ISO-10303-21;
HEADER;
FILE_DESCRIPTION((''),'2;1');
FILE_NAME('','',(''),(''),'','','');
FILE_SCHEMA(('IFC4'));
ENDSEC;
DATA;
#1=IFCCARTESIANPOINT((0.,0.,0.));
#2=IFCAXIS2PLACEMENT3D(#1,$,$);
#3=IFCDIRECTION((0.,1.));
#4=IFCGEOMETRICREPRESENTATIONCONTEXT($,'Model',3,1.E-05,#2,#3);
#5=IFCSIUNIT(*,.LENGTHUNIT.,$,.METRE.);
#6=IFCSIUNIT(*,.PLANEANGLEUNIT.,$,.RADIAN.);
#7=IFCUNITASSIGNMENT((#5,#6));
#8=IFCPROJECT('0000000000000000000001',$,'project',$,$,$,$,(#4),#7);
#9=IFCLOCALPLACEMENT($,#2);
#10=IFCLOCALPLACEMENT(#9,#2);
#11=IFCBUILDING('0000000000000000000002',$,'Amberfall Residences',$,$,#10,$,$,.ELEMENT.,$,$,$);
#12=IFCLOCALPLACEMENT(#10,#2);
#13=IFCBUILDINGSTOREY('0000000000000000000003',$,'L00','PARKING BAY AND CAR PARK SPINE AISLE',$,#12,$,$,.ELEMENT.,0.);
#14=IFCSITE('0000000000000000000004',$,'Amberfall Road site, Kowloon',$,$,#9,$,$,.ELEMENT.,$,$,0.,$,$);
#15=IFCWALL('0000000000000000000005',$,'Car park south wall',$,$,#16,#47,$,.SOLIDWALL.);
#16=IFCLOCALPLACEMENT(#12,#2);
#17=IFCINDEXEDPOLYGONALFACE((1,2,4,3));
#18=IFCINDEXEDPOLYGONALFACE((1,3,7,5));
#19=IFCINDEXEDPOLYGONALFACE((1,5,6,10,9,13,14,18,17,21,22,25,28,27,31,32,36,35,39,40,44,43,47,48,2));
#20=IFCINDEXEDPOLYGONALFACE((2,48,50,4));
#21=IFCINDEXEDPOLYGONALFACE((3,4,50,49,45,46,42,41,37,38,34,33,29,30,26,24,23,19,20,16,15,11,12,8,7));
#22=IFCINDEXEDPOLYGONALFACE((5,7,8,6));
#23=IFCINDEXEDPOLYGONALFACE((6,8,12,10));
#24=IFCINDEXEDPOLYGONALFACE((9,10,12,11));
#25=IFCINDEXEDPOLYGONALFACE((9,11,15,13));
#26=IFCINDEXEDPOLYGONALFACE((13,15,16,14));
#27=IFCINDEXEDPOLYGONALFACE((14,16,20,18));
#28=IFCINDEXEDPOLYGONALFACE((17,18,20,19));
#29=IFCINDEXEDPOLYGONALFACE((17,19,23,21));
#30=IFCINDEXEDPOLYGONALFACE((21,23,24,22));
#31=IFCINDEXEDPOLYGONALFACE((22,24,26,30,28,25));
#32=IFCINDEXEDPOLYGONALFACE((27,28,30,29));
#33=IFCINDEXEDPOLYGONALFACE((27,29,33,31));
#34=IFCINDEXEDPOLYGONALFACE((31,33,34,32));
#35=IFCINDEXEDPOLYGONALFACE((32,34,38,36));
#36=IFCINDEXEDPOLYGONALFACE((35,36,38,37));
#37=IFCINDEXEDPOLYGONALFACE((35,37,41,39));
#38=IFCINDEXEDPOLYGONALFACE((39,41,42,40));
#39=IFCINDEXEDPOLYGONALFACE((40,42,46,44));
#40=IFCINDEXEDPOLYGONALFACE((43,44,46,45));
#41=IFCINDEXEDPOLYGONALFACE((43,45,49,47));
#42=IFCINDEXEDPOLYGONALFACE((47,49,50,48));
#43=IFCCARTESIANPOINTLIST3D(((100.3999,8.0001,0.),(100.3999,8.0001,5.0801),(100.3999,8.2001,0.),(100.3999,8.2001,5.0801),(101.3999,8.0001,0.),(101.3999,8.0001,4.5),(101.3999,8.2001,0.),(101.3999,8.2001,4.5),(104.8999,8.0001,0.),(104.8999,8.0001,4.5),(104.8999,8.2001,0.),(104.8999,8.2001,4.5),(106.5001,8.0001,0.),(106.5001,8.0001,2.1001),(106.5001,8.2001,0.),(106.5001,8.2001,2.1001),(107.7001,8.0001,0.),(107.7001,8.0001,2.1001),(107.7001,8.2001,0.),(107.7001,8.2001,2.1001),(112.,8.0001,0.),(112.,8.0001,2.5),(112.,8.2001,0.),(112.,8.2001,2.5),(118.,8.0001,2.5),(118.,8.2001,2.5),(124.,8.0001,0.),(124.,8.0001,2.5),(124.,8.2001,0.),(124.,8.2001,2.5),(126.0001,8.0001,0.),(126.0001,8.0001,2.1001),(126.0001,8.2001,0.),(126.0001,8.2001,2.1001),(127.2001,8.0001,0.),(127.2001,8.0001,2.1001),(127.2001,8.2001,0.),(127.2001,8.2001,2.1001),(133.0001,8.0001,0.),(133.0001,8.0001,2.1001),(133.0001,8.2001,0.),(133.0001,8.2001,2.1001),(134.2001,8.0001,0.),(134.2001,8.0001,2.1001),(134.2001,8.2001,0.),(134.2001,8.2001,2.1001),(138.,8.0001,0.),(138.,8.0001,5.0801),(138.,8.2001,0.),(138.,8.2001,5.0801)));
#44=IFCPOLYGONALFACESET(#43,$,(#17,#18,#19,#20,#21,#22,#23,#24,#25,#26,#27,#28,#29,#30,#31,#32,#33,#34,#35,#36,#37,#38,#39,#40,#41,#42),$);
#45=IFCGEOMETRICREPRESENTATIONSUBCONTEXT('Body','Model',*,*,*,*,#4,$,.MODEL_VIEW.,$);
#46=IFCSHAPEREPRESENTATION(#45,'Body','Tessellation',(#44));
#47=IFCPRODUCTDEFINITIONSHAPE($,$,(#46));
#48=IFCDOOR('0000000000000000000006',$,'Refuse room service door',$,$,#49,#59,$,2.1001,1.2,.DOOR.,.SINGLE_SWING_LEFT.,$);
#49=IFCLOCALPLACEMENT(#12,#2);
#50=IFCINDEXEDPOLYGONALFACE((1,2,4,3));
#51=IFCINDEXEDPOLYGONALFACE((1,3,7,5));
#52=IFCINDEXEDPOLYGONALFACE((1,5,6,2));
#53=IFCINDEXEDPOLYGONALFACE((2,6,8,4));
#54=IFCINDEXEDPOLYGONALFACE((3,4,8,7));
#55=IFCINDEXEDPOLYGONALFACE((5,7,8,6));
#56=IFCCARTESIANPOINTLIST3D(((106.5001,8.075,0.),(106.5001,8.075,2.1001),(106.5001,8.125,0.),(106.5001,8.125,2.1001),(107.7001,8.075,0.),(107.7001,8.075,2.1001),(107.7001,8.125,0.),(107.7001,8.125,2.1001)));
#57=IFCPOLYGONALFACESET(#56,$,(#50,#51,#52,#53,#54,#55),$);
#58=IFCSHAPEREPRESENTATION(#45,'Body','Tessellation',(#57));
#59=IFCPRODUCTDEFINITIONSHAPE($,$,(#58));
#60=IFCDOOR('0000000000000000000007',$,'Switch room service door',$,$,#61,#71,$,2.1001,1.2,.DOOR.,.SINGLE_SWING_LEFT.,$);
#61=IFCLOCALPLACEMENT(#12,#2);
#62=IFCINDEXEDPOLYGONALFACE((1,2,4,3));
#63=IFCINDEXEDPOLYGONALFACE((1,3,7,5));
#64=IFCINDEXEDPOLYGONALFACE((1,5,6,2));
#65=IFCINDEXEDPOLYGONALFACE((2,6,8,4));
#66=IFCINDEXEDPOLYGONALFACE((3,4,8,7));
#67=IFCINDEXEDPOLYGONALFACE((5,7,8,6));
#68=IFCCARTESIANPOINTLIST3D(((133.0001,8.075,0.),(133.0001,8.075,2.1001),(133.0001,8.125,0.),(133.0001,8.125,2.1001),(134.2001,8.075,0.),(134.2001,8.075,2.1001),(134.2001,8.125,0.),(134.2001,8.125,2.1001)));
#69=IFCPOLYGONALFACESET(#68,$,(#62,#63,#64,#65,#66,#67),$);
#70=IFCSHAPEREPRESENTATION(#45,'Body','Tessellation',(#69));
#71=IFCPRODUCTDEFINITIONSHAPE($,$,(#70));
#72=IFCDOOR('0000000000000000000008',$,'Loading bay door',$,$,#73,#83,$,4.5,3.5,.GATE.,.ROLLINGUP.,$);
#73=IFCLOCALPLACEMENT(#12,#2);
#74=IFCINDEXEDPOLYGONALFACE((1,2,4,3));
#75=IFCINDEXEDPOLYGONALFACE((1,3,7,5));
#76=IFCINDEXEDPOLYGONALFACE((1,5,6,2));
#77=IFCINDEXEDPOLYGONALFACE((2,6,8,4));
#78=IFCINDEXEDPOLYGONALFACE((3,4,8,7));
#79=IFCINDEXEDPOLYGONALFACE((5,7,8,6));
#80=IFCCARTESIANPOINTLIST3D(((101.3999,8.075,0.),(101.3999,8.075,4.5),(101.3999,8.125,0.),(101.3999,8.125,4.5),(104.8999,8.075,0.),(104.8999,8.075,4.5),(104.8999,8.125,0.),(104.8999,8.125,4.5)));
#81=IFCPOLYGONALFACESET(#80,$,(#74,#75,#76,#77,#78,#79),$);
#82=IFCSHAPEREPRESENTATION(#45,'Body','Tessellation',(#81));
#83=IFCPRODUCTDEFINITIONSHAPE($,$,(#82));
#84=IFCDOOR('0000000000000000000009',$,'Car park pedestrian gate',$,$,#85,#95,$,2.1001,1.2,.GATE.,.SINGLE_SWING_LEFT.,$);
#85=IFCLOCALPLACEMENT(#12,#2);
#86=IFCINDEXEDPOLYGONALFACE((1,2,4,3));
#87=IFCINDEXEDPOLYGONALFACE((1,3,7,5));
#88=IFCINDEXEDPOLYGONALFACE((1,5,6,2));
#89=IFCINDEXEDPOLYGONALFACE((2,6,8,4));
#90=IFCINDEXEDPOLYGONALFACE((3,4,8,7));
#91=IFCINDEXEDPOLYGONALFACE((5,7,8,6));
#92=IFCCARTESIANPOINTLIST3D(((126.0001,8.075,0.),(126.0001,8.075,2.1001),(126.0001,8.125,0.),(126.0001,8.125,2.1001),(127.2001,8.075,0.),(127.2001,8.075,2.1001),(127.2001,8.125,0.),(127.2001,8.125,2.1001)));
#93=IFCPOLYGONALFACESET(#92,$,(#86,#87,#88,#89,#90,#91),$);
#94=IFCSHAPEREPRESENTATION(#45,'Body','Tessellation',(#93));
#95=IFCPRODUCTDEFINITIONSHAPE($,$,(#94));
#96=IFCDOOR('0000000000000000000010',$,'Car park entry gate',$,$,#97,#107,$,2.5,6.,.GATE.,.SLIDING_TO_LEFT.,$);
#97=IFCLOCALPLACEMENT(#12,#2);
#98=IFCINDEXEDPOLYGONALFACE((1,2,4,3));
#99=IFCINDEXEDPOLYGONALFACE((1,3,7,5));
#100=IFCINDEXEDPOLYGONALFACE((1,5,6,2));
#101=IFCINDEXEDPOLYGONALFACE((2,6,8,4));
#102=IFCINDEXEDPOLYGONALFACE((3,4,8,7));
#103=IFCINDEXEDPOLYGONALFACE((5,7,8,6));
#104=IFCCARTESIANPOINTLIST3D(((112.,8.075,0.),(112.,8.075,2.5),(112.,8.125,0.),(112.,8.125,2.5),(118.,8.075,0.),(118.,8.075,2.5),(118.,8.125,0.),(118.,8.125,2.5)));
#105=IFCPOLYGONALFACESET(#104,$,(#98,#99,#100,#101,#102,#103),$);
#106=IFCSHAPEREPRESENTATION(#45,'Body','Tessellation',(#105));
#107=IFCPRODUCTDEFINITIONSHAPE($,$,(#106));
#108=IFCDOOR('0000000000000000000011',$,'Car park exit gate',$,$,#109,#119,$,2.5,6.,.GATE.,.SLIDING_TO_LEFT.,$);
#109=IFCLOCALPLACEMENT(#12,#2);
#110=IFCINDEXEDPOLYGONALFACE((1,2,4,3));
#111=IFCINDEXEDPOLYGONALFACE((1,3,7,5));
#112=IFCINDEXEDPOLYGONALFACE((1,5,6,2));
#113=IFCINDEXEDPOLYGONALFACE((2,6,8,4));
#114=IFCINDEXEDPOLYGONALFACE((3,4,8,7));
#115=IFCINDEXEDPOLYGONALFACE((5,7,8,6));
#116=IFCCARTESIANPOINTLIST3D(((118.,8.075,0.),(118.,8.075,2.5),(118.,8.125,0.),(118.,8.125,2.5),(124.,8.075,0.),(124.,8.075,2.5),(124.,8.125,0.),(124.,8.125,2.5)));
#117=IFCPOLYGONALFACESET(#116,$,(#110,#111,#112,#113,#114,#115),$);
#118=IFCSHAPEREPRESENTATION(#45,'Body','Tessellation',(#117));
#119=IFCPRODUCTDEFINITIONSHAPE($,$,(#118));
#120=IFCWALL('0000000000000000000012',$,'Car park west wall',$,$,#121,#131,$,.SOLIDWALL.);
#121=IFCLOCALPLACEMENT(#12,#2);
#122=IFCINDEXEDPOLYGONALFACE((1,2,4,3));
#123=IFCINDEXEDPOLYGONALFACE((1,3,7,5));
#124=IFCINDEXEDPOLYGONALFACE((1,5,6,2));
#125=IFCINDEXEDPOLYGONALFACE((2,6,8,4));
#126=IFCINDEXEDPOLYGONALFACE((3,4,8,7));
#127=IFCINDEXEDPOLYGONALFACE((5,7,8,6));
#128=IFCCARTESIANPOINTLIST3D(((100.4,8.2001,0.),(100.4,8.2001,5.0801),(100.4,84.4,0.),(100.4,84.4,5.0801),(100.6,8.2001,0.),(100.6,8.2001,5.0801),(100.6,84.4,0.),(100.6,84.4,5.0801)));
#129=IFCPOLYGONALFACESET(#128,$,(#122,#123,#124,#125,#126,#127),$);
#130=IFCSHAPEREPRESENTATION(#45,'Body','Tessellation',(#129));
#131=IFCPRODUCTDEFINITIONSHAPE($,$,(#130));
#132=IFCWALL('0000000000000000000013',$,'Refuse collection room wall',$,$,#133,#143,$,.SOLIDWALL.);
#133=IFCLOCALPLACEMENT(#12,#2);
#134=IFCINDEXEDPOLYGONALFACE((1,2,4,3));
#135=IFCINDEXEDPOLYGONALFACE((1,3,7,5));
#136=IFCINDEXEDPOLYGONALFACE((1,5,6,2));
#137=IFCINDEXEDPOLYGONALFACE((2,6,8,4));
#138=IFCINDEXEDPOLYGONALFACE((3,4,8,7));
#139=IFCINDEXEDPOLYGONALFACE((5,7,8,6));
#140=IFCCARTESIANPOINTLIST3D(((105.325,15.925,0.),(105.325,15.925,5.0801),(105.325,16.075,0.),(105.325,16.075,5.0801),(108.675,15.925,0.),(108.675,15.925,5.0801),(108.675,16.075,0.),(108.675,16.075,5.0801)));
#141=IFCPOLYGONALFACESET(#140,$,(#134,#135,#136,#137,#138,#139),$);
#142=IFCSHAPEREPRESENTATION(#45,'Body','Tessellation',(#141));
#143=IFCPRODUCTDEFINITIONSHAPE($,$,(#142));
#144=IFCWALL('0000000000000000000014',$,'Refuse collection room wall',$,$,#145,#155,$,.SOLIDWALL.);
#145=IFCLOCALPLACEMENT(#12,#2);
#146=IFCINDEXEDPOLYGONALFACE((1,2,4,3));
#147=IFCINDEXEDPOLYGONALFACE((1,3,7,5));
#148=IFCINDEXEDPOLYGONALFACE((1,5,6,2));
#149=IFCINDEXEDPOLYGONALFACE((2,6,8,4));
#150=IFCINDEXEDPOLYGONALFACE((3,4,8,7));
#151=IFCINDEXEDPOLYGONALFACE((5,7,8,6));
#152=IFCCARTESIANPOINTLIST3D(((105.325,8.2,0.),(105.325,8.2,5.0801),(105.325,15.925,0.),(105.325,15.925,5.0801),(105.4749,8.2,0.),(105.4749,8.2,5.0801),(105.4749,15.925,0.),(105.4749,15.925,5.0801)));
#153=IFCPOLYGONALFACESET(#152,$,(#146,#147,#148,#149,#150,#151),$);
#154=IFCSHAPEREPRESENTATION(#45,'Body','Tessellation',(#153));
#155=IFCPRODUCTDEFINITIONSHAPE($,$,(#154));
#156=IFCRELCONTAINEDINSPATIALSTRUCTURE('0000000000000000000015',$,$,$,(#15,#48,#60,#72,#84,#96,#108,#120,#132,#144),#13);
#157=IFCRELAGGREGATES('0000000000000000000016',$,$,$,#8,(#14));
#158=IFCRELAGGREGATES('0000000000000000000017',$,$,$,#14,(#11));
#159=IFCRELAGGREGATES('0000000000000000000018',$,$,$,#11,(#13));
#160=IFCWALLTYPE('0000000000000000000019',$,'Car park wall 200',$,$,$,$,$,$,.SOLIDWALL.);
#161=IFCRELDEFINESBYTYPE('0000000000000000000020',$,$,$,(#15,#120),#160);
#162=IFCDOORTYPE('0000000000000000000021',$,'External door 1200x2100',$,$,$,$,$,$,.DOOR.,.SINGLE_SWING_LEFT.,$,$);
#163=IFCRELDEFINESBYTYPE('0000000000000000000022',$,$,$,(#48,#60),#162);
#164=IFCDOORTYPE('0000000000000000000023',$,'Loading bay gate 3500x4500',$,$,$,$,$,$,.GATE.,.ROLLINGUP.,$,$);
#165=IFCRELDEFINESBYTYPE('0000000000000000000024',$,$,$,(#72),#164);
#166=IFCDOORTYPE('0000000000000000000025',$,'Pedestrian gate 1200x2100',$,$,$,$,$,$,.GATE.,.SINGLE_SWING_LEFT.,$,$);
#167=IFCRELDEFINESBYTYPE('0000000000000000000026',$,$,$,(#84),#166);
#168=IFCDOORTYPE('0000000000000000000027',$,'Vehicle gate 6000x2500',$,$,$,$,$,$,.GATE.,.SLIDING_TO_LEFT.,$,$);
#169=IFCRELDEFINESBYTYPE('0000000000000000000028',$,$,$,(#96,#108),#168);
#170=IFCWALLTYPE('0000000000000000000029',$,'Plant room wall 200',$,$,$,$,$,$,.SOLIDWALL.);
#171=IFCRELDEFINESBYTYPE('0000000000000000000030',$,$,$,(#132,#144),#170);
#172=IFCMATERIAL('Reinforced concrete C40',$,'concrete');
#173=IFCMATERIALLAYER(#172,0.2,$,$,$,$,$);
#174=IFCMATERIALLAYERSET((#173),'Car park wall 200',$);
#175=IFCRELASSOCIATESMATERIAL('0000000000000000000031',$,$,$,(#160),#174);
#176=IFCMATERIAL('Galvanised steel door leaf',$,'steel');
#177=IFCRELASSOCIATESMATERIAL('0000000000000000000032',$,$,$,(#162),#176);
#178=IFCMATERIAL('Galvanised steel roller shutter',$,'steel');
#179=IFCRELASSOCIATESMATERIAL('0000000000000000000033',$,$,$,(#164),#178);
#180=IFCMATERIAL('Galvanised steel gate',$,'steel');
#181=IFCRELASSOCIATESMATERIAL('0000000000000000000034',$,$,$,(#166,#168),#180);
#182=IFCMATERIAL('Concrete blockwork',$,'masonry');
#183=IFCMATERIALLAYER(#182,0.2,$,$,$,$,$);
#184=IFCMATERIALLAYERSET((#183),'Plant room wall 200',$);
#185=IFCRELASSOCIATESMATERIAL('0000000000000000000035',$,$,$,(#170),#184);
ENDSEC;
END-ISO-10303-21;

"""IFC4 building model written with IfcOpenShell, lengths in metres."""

from ifc_helpers import new_model, si_unit, direction, frame, frame_2d, origin, place, context, subcontext, project, spatial, rectangle, extrude, material, layer, layer_set, type_object, element, fill, save


model = new_model("IFC4")

# Units and contexts
model_context = context("Model", 3, precision=1e-05, world=origin(), true_north=direction((0.0, 1.0)))
body_context = subcontext(model_context, "Body", "Model", "MODEL_VIEW")
ifc_project = project(units=[si_unit("LENGTHUNIT", "METRE"), si_unit("PLANEANGLEUNIT", "RADIAN")], contexts=[model_context])

# Site, building, storey
site_placement = place(None, origin())
site = spatial("IfcSite", under=ifc_project, at=site_placement, Name="Amberfall Road site, Kowloon", CompositionType="ELEMENT", RefElevation=0.0)
building_placement = place(site_placement, origin())
building = spatial("IfcBuilding", under=site, at=building_placement, Name="Amberfall Residences", CompositionType="ELEMENT")
storey_placement = place(building_placement, origin())
storey = spatial("IfcBuildingStorey", under=building, at=storey_placement, Name="L00", Description="PARKING BAY AND CAR PARK SPINE AISLE", CompositionType="ELEMENT", Elevation=0.0)

# Wall, openings, doors
ifc_material_1 = material(Name="Reinforced concrete C40", Category="concrete")
ifc_layer_1 = layer(ifc_material_1, 0.2)
ifc_layer_set_1 = layer_set([ifc_layer_1], Name="Car park wall 200")
wall_type_1 = type_object("IfcWallType", Name="Car park wall 200", PredefinedType="SOLIDWALL", material=ifc_layer_set_1)
wall_1_placement = place(storey_placement, frame((100.3999, 8.1001, 0.0), z_axis=(0.0, 0.0, 1.0), x_axis=(1.0, 0.0, 0.0)))
wall_1 = element("IfcWall", 1, at=wall_1_placement, inside=storey, type_object=wall_type_1, Name="Car park south wall", PredefinedType="SOLIDWALL", context=body_context, shape_type="SweptSolid", body=[
    extrude(rectangle(XDim=37.6001, YDim=0.2, at=frame_2d((18.8, 0.0))), origin(), (0.0, 0.0, 1.0), 5.0801),
])
opening_1_placement = place(wall_1_placement, frame((11.6001, 0.0, 0.0)))
opening_1 = element("IfcOpeningElement", 2, at=opening_1_placement, cuts=wall_1, PredefinedType="OPENING", context=body_context, shape_type="SweptSolid", body=[
    extrude(rectangle(XDim=6.0, YDim=2.5, at=frame_2d((3.0, 1.25))), frame((0.0, 0.1099, 0.0), z_axis=(0.0, -1.0, 0.0), x_axis=(1.0, 0.0, 0.0)), (0.0, 0.0, 1.0), 0.22),
])
opening_2_placement = place(wall_1_placement, frame((17.6001, 0.0, 0.0)))
opening_2 = element("IfcOpeningElement", 3, at=opening_2_placement, cuts=wall_1, PredefinedType="OPENING", context=body_context, shape_type="SweptSolid", body=[
    extrude(rectangle(XDim=6.0, YDim=2.5, at=frame_2d((3.0, 1.25))), frame((0.0, 0.1099, 0.0), z_axis=(0.0, -1.0, 0.0), x_axis=(1.0, 0.0, 0.0)), (0.0, 0.0, 1.0), 0.22),
])
opening_3_placement = place(wall_1_placement, frame((1.0, 0.0, 0.0)))
opening_3 = element("IfcOpeningElement", 4, at=opening_3_placement, cuts=wall_1, PredefinedType="OPENING", context=body_context, shape_type="SweptSolid", body=[
    extrude(rectangle(XDim=3.5, YDim=4.5, at=frame_2d((1.75, 2.25))), frame((0.0, 0.1099, 0.0), z_axis=(0.0, -1.0, 0.0), x_axis=(1.0, 0.0, 0.0)), (0.0, 0.0, 1.0), 0.22),
])
opening_4_placement = place(wall_1_placement, frame((25.6001, 0.0, 0.0)))
opening_4 = element("IfcOpeningElement", 5, at=opening_4_placement, cuts=wall_1, PredefinedType="OPENING", context=body_context, shape_type="SweptSolid", body=[
    extrude(rectangle(XDim=1.2, YDim=2.1001, at=frame_2d((0.6001, 1.05))), frame((0.0, 0.1099, 0.0), z_axis=(0.0, -1.0, 0.0), x_axis=(1.0, 0.0, 0.0)), (0.0, 0.0, 1.0), 0.22),
])
opening_5_placement = place(wall_1_placement, frame((6.1001, 0.0, 0.0)))
opening_5 = element("IfcOpeningElement", 6, at=opening_5_placement, cuts=wall_1, PredefinedType="OPENING", context=body_context, shape_type="SweptSolid", body=[
    extrude(rectangle(XDim=1.2, YDim=2.1001, at=frame_2d((0.6001, 1.05))), frame((0.0, 0.1099, 0.0), z_axis=(0.0, -1.0, 0.0), x_axis=(1.0, 0.0, 0.0)), (0.0, 0.0, 1.0), 0.22),
])
opening_6_placement = place(wall_1_placement, frame((32.6001, 0.0, 0.0)))
opening_6 = element("IfcOpeningElement", 7, at=opening_6_placement, cuts=wall_1, PredefinedType="OPENING", context=body_context, shape_type="SweptSolid", body=[
    extrude(rectangle(XDim=1.2, YDim=2.1001, at=frame_2d((0.6001, 1.05))), frame((0.0, 0.1099, 0.0), z_axis=(0.0, -1.0, 0.0), x_axis=(1.0, 0.0, 0.0)), (0.0, 0.0, 1.0), 0.22),
])
ifc_material_2 = material(Name="Galvanised steel door leaf", Category="steel")
door_type_1 = type_object("IfcDoorType", Name="External door 1200x2100", OperationType="SINGLE_SWING_LEFT", PredefinedType="DOOR", material=ifc_material_2)
door_1_placement = place(opening_5_placement, origin())
door_1 = element("IfcDoor", 8, at=door_1_placement, inside=storey, type_object=door_type_1, Name="Refuse room service door", OperationType="SINGLE_SWING_LEFT", OverallHeight=2.1001, OverallWidth=1.2, PredefinedType="DOOR", context=body_context, shape_type="SweptSolid", body=[
    extrude(rectangle(XDim=1.2, YDim=2.1001, at=frame_2d((0.6001, 1.05))), frame((0.0, 0.0249, 0.0), z_axis=(0.0, -1.0, 0.0), x_axis=(1.0, 0.0, 0.0)), (0.0, 0.0, 1.0), 0.05),
])
fill(opening_5, door_1)
door_2_placement = place(opening_6_placement, origin())
door_2 = element("IfcDoor", 9, at=door_2_placement, inside=storey, type_object=door_type_1, Name="Switch room service door", OperationType="SINGLE_SWING_LEFT", OverallHeight=2.1001, OverallWidth=1.2, PredefinedType="DOOR", context=body_context, shape_type="SweptSolid", body=[
    extrude(rectangle(XDim=1.2, YDim=2.1001, at=frame_2d((0.6001, 1.05))), frame((0.0, 0.0249, 0.0), z_axis=(0.0, -1.0, 0.0), x_axis=(1.0, 0.0, 0.0)), (0.0, 0.0, 1.0), 0.05),
])
fill(opening_6, door_2)
ifc_material_3 = material(Name="Galvanised steel roller shutter", Category="steel")
door_type_2 = type_object("IfcDoorType", Name="Loading bay gate 3500x4500", OperationType="ROLLINGUP", PredefinedType="GATE", material=ifc_material_3)
door_3_placement = place(opening_3_placement, origin())
door_3 = element("IfcDoor", 10, at=door_3_placement, inside=storey, type_object=door_type_2, Name="Loading bay door", OperationType="ROLLINGUP", OverallHeight=4.5, OverallWidth=3.5, PredefinedType="GATE", context=body_context, shape_type="SweptSolid", body=[
    extrude(rectangle(XDim=3.5, YDim=4.5, at=frame_2d((1.75, 2.25))), frame((0.0, 0.0249, 0.0), z_axis=(0.0, -1.0, 0.0), x_axis=(1.0, 0.0, 0.0)), (0.0, 0.0, 1.0), 0.05),
])
fill(opening_3, door_3)
ifc_material_4 = material(Name="Galvanised steel gate", Category="steel")
door_type_3 = type_object("IfcDoorType", Name="Pedestrian gate 1200x2100", OperationType="SINGLE_SWING_LEFT", PredefinedType="GATE", material=ifc_material_4)
door_4_placement = place(opening_4_placement, origin())
door_4 = element("IfcDoor", 11, at=door_4_placement, inside=storey, type_object=door_type_3, Name="Car park pedestrian gate", OperationType="SINGLE_SWING_LEFT", OverallHeight=2.1001, OverallWidth=1.2, PredefinedType="GATE", context=body_context, shape_type="SweptSolid", body=[
    extrude(rectangle(XDim=1.2, YDim=2.1001, at=frame_2d((0.6001, 1.05))), frame((0.0, 0.0249, 0.0), z_axis=(0.0, -1.0, 0.0), x_axis=(1.0, 0.0, 0.0)), (0.0, 0.0, 1.0), 0.05),
])
fill(opening_4, door_4)
door_type_4 = type_object("IfcDoorType", Name="Vehicle gate 6000x2500", OperationType="SLIDING_TO_LEFT", PredefinedType="GATE", material=ifc_material_4)
door_5_placement = place(opening_1_placement, origin())
door_5 = element("IfcDoor", 12, at=door_5_placement, inside=storey, type_object=door_type_4, Name="Car park entry gate", OperationType="SLIDING_TO_LEFT", OverallHeight=2.5, OverallWidth=6.0, PredefinedType="GATE", context=body_context, shape_type="SweptSolid", body=[
    extrude(rectangle(XDim=6.0, YDim=2.5, at=frame_2d((3.0, 1.25))), frame((0.0, 0.0249, 0.0), z_axis=(0.0, -1.0, 0.0), x_axis=(1.0, 0.0, 0.0)), (0.0, 0.0, 1.0), 0.05),
])
fill(opening_1, door_5)
door_6_placement = place(opening_2_placement, origin())
door_6 = element("IfcDoor", 13, at=door_6_placement, inside=storey, type_object=door_type_4, Name="Car park exit gate", OperationType="SLIDING_TO_LEFT", OverallHeight=2.5, OverallWidth=6.0, PredefinedType="GATE", context=body_context, shape_type="SweptSolid", body=[
    extrude(rectangle(XDim=6.0, YDim=2.5, at=frame_2d((3.0, 1.25))), frame((0.0, 0.0249, 0.0), z_axis=(0.0, -1.0, 0.0), x_axis=(1.0, 0.0, 0.0)), (0.0, 0.0, 1.0), 0.05),
])
fill(opening_2, door_6)

# Walls
wall_2_placement = place(storey_placement, frame((100.5, 8.2, 0.0), z_axis=(0.0, 0.0, 1.0), x_axis=(0.0, 1.0, 0.0)))
element("IfcWall", 14, at=wall_2_placement, inside=storey, type_object=wall_type_1, Name="Car park west wall", PredefinedType="SOLIDWALL", context=body_context, shape_type="SweptSolid", body=[
    extrude(rectangle(XDim=76.2, YDim=0.2, at=frame_2d((38.1001, 0.0))), origin(), (0.0, 0.0, 1.0), 5.0801),
])
ifc_material_5 = material(Name="Concrete blockwork", Category="masonry")
ifc_layer_2 = layer(ifc_material_5, 0.2)
ifc_layer_set_2 = layer_set([ifc_layer_2], Name="Plant room wall 200")
wall_type_2 = type_object("IfcWallType", Name="Plant room wall 200", PredefinedType="SOLIDWALL", material=ifc_layer_set_2)
wall_3_placement = place(storey_placement, frame((105.325, 16.0, 0.0), z_axis=(0.0, 0.0, 1.0), x_axis=(1.0, 0.0, 0.0)))
element("IfcWall", 15, at=wall_3_placement, inside=storey, type_object=wall_type_2, Name="Refuse collection room wall", PredefinedType="SOLIDWALL", context=body_context, shape_type="SweptSolid", body=[
    extrude(rectangle(XDim=3.3501, YDim=0.1499, at=frame_2d((1.675, 0.0))), origin(), (0.0, 0.0, 1.0), 5.0801),
])
for number, where, z_axis, x_axis, name in (
    (16, (105.3999, 8.2, 0.0), (0.0, 0.0, 1.0), (0.0, 1.0, 0.0), "Refuse collection room wall"),
):
    element("IfcWall", number, at=place(storey_placement, frame(where, z_axis=z_axis, x_axis=x_axis)), inside=storey, type_object=wall_type_2, Name=name, PredefinedType="SOLIDWALL", context=body_context, shape_type="SweptSolid", body=[
        extrude(rectangle(XDim=7.7251, YDim=0.1499, at=frame_2d((3.8625, 0.0))), origin(), (0.0, 0.0, 1.0), 5.0801),
    ])

save(model, "model.ifc")
